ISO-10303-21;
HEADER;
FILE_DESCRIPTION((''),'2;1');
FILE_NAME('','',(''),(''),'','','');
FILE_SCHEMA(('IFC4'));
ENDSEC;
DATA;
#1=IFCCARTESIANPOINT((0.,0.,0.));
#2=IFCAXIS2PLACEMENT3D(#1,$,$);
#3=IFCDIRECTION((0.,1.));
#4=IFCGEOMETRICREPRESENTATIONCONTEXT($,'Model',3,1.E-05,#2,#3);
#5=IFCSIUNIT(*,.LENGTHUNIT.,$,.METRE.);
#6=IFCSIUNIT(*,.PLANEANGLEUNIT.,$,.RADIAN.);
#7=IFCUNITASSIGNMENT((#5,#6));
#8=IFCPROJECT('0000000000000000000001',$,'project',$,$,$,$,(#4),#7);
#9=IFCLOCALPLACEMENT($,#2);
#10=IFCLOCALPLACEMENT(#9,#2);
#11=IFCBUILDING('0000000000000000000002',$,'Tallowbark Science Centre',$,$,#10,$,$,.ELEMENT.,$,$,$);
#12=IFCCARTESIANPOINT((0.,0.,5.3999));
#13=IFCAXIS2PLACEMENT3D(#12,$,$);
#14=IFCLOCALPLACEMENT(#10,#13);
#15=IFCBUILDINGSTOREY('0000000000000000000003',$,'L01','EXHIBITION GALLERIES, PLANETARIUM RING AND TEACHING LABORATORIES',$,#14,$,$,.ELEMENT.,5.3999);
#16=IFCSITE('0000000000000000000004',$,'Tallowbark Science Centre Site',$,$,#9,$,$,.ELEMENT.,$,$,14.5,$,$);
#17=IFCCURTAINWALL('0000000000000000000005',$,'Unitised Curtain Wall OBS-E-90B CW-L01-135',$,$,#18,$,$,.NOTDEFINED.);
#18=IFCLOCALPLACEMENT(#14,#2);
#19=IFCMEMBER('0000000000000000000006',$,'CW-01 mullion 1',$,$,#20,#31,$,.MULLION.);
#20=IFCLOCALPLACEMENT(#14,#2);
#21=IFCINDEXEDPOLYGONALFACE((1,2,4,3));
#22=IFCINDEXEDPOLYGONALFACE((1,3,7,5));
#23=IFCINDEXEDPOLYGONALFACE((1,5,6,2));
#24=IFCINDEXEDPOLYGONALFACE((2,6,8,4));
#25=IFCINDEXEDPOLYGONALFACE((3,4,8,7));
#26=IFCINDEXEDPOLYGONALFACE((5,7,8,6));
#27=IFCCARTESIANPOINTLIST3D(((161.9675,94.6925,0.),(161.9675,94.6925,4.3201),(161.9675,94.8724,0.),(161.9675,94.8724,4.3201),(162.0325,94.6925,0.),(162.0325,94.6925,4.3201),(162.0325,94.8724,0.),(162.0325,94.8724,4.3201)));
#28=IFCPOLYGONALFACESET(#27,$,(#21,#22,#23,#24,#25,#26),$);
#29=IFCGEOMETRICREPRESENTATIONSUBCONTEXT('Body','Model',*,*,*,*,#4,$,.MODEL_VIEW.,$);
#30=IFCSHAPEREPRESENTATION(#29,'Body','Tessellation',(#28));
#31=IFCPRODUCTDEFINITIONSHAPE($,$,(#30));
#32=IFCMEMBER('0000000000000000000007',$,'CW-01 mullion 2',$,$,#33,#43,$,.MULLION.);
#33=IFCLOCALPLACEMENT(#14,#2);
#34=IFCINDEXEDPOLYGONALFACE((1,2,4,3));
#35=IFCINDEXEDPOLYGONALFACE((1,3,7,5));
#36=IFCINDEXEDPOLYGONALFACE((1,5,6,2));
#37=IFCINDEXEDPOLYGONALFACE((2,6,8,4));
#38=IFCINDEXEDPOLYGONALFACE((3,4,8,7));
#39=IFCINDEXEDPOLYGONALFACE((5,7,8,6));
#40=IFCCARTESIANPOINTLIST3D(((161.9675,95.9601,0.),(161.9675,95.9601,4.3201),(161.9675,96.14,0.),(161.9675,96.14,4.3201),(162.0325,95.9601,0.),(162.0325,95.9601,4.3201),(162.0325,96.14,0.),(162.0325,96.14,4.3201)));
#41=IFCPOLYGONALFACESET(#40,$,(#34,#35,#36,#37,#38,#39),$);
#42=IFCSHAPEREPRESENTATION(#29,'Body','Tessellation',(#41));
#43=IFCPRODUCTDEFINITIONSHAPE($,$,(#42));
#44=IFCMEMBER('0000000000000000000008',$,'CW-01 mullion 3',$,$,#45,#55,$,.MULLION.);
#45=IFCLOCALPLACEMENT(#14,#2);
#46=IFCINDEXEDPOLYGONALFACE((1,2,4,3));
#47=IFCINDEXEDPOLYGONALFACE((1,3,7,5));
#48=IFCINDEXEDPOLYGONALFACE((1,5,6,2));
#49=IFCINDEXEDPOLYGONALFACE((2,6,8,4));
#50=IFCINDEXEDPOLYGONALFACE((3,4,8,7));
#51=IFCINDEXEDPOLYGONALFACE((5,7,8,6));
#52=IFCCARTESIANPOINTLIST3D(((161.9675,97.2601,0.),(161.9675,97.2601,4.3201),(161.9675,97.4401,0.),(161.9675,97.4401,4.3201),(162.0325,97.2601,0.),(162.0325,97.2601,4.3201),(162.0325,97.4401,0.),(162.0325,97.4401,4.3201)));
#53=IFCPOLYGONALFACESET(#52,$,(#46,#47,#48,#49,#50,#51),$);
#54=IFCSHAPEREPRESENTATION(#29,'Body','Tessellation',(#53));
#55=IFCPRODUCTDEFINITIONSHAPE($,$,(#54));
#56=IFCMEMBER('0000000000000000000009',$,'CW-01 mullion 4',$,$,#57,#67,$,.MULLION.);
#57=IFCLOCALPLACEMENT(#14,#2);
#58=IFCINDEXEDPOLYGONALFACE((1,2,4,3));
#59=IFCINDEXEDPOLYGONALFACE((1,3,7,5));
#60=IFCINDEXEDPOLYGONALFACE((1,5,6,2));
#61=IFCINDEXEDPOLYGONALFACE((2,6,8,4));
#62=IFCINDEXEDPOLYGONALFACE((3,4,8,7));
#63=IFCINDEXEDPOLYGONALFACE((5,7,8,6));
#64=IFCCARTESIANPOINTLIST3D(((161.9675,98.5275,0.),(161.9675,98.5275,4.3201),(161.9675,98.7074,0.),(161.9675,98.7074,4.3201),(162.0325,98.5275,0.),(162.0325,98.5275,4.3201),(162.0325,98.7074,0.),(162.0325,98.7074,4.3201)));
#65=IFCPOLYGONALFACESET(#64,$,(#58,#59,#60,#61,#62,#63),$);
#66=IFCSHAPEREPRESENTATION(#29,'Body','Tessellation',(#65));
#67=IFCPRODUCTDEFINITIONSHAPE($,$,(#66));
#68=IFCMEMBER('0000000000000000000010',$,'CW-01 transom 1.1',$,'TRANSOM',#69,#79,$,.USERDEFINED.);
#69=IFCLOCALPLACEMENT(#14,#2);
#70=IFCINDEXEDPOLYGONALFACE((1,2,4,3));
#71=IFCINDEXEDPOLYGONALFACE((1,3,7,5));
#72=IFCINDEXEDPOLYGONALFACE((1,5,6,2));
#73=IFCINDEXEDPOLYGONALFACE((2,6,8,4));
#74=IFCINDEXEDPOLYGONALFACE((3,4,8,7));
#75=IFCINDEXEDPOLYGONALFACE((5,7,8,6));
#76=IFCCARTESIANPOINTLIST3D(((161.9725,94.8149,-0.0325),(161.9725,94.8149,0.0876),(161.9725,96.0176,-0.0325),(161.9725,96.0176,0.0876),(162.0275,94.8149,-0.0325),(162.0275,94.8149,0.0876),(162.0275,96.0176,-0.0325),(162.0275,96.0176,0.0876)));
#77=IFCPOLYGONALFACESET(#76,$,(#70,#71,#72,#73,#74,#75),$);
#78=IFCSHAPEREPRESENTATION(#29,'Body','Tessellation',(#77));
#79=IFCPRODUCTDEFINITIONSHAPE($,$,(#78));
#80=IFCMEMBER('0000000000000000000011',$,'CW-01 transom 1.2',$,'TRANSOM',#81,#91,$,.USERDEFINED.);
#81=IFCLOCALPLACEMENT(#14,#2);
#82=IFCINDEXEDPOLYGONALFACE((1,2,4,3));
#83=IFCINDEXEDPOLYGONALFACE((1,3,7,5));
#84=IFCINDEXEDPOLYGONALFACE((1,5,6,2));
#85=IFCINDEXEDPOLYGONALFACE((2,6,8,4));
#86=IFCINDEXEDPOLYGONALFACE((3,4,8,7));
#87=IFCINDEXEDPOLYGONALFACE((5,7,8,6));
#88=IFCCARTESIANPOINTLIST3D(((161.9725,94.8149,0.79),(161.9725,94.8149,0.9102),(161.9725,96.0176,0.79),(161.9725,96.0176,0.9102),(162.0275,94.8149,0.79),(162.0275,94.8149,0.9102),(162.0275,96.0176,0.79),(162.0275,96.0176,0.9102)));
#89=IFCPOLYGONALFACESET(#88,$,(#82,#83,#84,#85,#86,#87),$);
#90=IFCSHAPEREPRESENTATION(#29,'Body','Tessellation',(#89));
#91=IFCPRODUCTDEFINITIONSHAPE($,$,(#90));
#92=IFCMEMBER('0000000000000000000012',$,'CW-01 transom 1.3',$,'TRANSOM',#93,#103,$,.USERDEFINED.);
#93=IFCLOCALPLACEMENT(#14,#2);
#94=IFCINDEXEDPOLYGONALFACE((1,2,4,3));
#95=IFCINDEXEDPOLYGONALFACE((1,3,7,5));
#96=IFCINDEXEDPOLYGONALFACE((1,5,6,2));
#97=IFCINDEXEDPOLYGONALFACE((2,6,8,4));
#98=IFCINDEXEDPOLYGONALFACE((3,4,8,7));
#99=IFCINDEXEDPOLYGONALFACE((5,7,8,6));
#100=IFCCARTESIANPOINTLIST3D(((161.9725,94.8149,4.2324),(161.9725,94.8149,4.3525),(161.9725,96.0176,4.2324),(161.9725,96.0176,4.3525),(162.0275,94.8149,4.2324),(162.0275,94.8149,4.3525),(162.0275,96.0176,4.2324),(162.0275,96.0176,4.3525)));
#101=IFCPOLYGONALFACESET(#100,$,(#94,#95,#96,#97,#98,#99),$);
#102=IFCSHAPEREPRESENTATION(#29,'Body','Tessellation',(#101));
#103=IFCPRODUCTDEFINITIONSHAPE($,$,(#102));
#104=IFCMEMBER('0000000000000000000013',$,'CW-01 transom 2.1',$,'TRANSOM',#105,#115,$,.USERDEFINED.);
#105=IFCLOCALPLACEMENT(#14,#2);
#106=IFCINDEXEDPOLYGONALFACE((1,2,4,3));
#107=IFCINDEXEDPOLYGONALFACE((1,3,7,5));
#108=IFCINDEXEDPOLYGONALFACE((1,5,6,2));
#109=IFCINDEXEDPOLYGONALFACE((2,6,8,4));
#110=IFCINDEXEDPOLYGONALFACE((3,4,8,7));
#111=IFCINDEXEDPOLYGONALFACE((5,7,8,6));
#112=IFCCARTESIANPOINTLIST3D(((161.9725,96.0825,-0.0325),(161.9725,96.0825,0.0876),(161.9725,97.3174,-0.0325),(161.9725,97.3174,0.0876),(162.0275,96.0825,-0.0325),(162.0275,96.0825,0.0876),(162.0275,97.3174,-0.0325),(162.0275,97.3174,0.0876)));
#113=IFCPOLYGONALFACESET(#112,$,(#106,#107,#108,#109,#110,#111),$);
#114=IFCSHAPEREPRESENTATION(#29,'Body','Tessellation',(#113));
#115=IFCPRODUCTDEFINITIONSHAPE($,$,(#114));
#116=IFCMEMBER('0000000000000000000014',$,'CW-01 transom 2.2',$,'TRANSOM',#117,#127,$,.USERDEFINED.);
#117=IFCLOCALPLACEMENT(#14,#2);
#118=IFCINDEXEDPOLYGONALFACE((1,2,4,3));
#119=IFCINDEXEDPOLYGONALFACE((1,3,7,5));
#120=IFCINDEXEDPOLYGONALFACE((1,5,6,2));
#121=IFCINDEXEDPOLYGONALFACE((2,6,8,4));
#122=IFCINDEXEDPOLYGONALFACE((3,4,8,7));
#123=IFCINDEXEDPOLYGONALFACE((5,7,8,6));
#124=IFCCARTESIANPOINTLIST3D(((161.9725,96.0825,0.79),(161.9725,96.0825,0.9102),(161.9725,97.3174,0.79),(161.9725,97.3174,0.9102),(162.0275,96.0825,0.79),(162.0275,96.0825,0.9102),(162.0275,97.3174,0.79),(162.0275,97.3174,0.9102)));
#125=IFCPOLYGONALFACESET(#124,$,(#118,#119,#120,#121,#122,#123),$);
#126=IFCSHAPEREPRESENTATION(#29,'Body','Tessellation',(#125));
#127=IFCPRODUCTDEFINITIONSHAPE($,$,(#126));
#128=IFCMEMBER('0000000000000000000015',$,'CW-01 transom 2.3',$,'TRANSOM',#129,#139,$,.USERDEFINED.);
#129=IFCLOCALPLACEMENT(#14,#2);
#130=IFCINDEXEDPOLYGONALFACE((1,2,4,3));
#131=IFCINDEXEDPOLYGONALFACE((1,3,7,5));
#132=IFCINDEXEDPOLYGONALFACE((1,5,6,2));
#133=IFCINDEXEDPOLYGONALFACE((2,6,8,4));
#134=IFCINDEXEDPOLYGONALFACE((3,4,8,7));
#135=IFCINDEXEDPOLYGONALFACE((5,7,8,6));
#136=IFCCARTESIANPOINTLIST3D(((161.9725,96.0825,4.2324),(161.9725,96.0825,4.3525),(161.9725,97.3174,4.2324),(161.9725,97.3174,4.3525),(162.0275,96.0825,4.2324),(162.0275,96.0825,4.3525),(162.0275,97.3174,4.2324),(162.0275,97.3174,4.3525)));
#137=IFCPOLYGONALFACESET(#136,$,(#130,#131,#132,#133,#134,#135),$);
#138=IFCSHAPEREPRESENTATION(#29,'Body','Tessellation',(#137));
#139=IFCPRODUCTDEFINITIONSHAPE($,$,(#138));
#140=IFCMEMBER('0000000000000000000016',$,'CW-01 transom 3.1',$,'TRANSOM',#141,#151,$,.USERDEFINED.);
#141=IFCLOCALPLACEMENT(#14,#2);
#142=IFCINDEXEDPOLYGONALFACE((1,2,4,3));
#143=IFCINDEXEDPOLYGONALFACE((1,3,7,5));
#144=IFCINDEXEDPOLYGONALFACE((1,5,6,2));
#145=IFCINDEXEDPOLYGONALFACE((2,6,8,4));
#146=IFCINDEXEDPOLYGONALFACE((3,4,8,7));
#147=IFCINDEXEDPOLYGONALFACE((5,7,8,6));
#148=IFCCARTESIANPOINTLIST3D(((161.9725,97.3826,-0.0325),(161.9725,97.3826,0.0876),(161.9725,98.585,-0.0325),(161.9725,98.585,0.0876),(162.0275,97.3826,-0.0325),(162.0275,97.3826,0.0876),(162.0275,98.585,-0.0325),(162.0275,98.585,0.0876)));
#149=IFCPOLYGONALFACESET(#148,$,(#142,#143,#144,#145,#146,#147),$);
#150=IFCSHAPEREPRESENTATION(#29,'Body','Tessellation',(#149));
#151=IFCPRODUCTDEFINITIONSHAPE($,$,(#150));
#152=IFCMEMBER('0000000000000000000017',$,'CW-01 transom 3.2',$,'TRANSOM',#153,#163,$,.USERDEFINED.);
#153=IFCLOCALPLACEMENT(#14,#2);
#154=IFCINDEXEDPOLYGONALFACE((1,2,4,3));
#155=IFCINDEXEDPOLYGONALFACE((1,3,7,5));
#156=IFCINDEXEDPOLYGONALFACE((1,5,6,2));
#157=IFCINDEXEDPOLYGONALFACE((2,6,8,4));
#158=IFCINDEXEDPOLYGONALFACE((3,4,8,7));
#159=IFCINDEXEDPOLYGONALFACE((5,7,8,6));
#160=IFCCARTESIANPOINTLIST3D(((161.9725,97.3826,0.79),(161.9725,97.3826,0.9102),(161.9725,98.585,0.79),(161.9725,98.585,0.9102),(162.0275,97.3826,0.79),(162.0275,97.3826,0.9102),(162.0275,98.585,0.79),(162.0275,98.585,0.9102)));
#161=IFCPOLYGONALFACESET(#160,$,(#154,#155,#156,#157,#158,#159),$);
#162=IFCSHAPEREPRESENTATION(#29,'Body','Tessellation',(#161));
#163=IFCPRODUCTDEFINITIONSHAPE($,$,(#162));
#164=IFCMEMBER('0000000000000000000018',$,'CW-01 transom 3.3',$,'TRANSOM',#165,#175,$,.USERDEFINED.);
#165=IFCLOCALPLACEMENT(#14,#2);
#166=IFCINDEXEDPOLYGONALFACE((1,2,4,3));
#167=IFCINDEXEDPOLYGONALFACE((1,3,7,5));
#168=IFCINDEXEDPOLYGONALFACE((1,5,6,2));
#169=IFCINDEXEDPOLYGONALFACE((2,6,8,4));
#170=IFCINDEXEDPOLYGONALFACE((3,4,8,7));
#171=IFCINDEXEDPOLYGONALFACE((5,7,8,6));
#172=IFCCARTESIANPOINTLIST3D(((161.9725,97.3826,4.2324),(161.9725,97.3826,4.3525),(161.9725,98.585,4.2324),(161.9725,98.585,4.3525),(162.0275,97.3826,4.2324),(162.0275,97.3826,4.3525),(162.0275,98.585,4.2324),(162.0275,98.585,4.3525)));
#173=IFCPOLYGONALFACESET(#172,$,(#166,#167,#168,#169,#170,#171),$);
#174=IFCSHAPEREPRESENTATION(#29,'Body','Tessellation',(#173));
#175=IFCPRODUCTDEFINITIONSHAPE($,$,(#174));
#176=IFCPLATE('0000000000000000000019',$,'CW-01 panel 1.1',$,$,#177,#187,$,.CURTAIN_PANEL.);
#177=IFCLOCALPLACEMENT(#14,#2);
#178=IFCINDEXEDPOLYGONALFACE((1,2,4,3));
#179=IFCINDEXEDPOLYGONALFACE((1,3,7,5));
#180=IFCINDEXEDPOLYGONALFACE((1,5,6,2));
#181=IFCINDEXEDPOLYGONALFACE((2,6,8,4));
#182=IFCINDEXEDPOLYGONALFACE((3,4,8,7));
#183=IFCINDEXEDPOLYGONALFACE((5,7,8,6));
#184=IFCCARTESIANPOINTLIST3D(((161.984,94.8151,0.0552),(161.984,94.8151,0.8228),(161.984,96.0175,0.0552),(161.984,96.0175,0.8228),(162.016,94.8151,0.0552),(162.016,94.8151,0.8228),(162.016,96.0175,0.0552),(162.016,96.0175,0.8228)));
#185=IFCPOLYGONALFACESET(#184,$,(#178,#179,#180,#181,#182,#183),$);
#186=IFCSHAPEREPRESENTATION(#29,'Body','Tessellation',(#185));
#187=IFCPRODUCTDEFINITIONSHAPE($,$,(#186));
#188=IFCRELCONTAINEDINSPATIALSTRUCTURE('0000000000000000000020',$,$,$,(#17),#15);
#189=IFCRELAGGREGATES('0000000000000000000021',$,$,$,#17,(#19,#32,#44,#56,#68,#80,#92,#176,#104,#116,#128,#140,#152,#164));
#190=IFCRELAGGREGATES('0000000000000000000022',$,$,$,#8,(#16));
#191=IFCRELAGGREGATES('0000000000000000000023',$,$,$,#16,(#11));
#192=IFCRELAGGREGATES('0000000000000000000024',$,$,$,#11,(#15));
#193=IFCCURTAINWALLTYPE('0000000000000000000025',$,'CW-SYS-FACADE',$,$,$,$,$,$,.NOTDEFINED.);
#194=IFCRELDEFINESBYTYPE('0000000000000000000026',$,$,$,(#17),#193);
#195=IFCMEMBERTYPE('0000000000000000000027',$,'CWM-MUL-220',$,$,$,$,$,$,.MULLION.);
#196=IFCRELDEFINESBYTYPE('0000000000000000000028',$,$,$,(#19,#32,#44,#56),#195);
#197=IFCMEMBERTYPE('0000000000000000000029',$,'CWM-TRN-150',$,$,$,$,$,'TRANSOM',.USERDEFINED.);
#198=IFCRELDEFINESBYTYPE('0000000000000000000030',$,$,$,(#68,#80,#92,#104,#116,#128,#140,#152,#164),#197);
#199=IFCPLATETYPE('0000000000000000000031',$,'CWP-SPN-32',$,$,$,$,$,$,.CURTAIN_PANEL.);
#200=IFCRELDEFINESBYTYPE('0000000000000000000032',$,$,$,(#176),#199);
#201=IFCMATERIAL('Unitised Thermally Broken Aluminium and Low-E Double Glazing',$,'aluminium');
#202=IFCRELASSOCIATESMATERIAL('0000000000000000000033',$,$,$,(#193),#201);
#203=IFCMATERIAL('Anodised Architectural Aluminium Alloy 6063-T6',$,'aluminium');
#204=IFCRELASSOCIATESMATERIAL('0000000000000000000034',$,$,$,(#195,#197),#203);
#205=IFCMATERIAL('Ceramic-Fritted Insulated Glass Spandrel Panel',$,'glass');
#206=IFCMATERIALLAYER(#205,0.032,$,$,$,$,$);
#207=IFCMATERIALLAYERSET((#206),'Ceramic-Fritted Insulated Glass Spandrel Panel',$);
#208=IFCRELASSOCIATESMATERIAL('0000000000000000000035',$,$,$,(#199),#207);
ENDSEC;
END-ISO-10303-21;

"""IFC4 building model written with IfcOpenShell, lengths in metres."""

from ifc_helpers import new_model, si_unit, direction, frame, origin, origin_2d, place, context, subcontext, project, spatial, rectangle, extrude, material, layer, layer_set, material_profile, profile_set, type_object, element, aggregate, save


model = new_model("IFC4")

# Units and contexts
model_context = context("Model", 3, precision=1e-05, world=origin(), true_north=direction((0.0, 1.0)))
body_context = subcontext(model_context, "Body", "Model", "MODEL_VIEW")
ifc_project = project(units=[si_unit("LENGTHUNIT", "METRE"), si_unit("PLANEANGLEUNIT", "RADIAN")], contexts=[model_context])

# Site, building, storey
site_placement = place(None, origin())
site = spatial("IfcSite", under=ifc_project, at=site_placement, Name="Tallowbark Science Centre Site", CompositionType="ELEMENT", RefElevation=14.5)
building_placement = place(site_placement, origin())
building = spatial("IfcBuilding", under=site, at=building_placement, Name="Tallowbark Science Centre", CompositionType="ELEMENT")
storey_placement = place(building_placement, frame((0.0, 0.0, 5.3999)))
storey = spatial("IfcBuildingStorey", under=building, at=storey_placement, Name="L01", Description="EXHIBITION GALLERIES, PLANETARIUM RING AND TEACHING LABORATORIES", CompositionType="ELEMENT", Elevation=5.3999)

# Curtain wall, members, plate
ifc_material_1 = material(Name="Unitised Thermally Broken Aluminium and Low-E Double Glazing", Category="aluminium")
curtain_wall_type = type_object("IfcCurtainWallType", Name="CW-SYS-FACADE", PredefinedType="NOTDEFINED", material=ifc_material_1)
curtain_wall_placement = place(storey_placement, origin())
curtain_wall = element("IfcCurtainWall", 1, at=curtain_wall_placement, inside=storey, type_object=curtain_wall_type, Name="Unitised Curtain Wall OBS-E-90B CW-L01-135", PredefinedType="NOTDEFINED")
ifc_material_2 = material(Name="Anodised Architectural Aluminium Alloy 6063-T6", Category="aluminium")
ifc_material_profile_1 = material_profile(ifc_material_2, rectangle(XDim=0.0649, YDim=0.1799, at=origin_2d()), Name="ALU65x180")
ifc_profile_set_1 = profile_set([ifc_material_profile_1], Name="Anodised Architectural Aluminium Alloy 6063-T6")
member_type_1 = type_object("IfcMemberType", Name="CWM-MUL-220", PredefinedType="MULLION", material=ifc_profile_set_1)
member_1_placement = place(storey_placement, frame((162.0, 94.7825, 0.0), z_axis=(0.0, 0.0, 1.0), x_axis=(-1.0, 0.0, 0.0)))
member_1 = element("IfcMember", 2, at=member_1_placement, type_object=member_type_1, Name="CW-01 mullion 1", PredefinedType="MULLION", context=body_context, shape_type="SweptSolid", body=[
    extrude(rectangle(XDim=0.0649, YDim=0.1799, at=origin_2d()), origin(), (0.0, 0.0, 1.0), 4.3201),
])
member_2_placement = place(storey_placement, frame((162.0, 96.05, 0.0), z_axis=(0.0, 0.0, 1.0), x_axis=(-1.0, 0.0, 0.0)))
member_2 = element("IfcMember", 3, at=member_2_placement, type_object=member_type_1, Name="CW-01 mullion 2", PredefinedType="MULLION", context=body_context, shape_type="SweptSolid", body=[
    extrude(rectangle(XDim=0.0649, YDim=0.1799, at=origin_2d()), origin(), (0.0, 0.0, 1.0), 4.3201),
])
member_3_placement = place(storey_placement, frame((162.0, 97.3501, 0.0), z_axis=(0.0, 0.0, 1.0), x_axis=(-1.0, 0.0, 0.0)))
member_3 = element("IfcMember", 4, at=member_3_placement, type_object=member_type_1, Name="CW-01 mullion 3", PredefinedType="MULLION", context=body_context, shape_type="SweptSolid", body=[
    extrude(rectangle(XDim=0.0649, YDim=0.1799, at=origin_2d()), origin(), (0.0, 0.0, 1.0), 4.3201),
])
member_4_placement = place(storey_placement, frame((162.0, 98.6174, 0.0), z_axis=(0.0, 0.0, 1.0), x_axis=(-1.0, 0.0, 0.0)))
member_4 = element("IfcMember", 5, at=member_4_placement, type_object=member_type_1, Name="CW-01 mullion 4", PredefinedType="MULLION", context=body_context, shape_type="SweptSolid", body=[
    extrude(rectangle(XDim=0.0649, YDim=0.1799, at=origin_2d()), origin(), (0.0, 0.0, 1.0), 4.3201),
])
ifc_material_profile_2 = material_profile(ifc_material_2, rectangle(XDim=0.0549, YDim=0.1201, at=origin_2d()), Name="ALU55x120")
ifc_profile_set_2 = profile_set([ifc_material_profile_2], Name="Anodised Architectural Aluminium Alloy 6063-T6")
member_type_2 = type_object("IfcMemberType", Name="CWM-TRN-150", ElementType="TRANSOM", PredefinedType="USERDEFINED", material=ifc_profile_set_2)
member_5_placement = place(storey_placement, frame((162.0, 94.8149, 0.0276), z_axis=(0.0, 1.0, 0.0), x_axis=(-1.0, 0.0, 0.0)))
member_5 = element("IfcMember", 6, at=member_5_placement, type_object=member_type_2, Name="CW-01 transom 1.1", ObjectType="TRANSOM", PredefinedType="USERDEFINED", context=body_context, shape_type="SweptSolid", body=[
    extrude(rectangle(XDim=0.0549, YDim=0.1201, at=origin_2d()), origin(), (0.0, 0.0, 1.0), 1.2026),
])
member_6_placement = place(storey_placement, frame((162.0, 94.8149, 0.8501), z_axis=(0.0, 1.0, 0.0), x_axis=(-1.0, 0.0, 0.0)))
member_6 = element("IfcMember", 7, at=member_6_placement, type_object=member_type_2, Name="CW-01 transom 1.2", ObjectType="TRANSOM", PredefinedType="USERDEFINED", context=body_context, shape_type="SweptSolid", body=[
    extrude(rectangle(XDim=0.0549, YDim=0.1201, at=origin_2d()), origin(), (0.0, 0.0, 1.0), 1.2026),
])
member_7_placement = place(storey_placement, frame((162.0, 94.8149, 4.2925), z_axis=(0.0, 1.0, 0.0), x_axis=(-1.0, 0.0, 0.0)))
member_7 = element("IfcMember", 8, at=member_7_placement, type_object=member_type_2, Name="CW-01 transom 1.3", ObjectType="TRANSOM", PredefinedType="USERDEFINED", context=body_context, shape_type="SweptSolid", body=[
    extrude(rectangle(XDim=0.0549, YDim=0.1201, at=origin_2d()), origin(), (0.0, 0.0, 1.0), 1.2026),
])
member_8_placement = place(storey_placement, frame((162.0, 96.0825, 0.0276), z_axis=(0.0, 1.0, 0.0), x_axis=(-1.0, 0.0, 0.0)))
member_8 = element("IfcMember", 9, at=member_8_placement, type_object=member_type_2, Name="CW-01 transom 2.1", ObjectType="TRANSOM", PredefinedType="USERDEFINED", context=body_context, shape_type="SweptSolid", body=[
    extrude(rectangle(XDim=0.0549, YDim=0.1201, at=origin_2d()), origin(), (0.0, 0.0, 1.0), 1.2349),
])
member_9_placement = place(storey_placement, frame((162.0, 96.0825, 0.8501), z_axis=(0.0, 1.0, 0.0), x_axis=(-1.0, 0.0, 0.0)))
member_9 = element("IfcMember", 10, at=member_9_placement, type_object=member_type_2, Name="CW-01 transom 2.2", ObjectType="TRANSOM", PredefinedType="USERDEFINED", context=body_context, shape_type="SweptSolid", body=[
    extrude(rectangle(XDim=0.0549, YDim=0.1201, at=origin_2d()), origin(), (0.0, 0.0, 1.0), 1.2349),
])
member_10_placement = place(storey_placement, frame((162.0, 96.0825, 4.2925), z_axis=(0.0, 1.0, 0.0), x_axis=(-1.0, 0.0, 0.0)))
member_10 = element("IfcMember", 11, at=member_10_placement, type_object=member_type_2, Name="CW-01 transom 2.3", ObjectType="TRANSOM", PredefinedType="USERDEFINED", context=body_context, shape_type="SweptSolid", body=[
    extrude(rectangle(XDim=0.0549, YDim=0.1201, at=origin_2d()), origin(), (0.0, 0.0, 1.0), 1.2349),
])
member_11_placement = place(storey_placement, frame((162.0, 97.3826, 0.0276), z_axis=(0.0, 1.0, 0.0), x_axis=(-1.0, 0.0, 0.0)))
member_11 = element("IfcMember", 12, at=member_11_placement, type_object=member_type_2, Name="CW-01 transom 3.1", ObjectType="TRANSOM", PredefinedType="USERDEFINED", context=body_context, shape_type="SweptSolid", body=[
    extrude(rectangle(XDim=0.0549, YDim=0.1201, at=origin_2d()), origin(), (0.0, 0.0, 1.0), 1.2024),
])
member_12_placement = place(storey_placement, frame((162.0, 97.3826, 0.8501), z_axis=(0.0, 1.0, 0.0), x_axis=(-1.0, 0.0, 0.0)))
member_12 = element("IfcMember", 13, at=member_12_placement, type_object=member_type_2, Name="CW-01 transom 3.2", ObjectType="TRANSOM", PredefinedType="USERDEFINED", context=body_context, shape_type="SweptSolid", body=[
    extrude(rectangle(XDim=0.0549, YDim=0.1201, at=origin_2d()), origin(), (0.0, 0.0, 1.0), 1.2024),
])
member_13_placement = place(storey_placement, frame((162.0, 97.3826, 4.2925), z_axis=(0.0, 1.0, 0.0), x_axis=(-1.0, 0.0, 0.0)))
member_13 = element("IfcMember", 14, at=member_13_placement, type_object=member_type_2, Name="CW-01 transom 3.3", ObjectType="TRANSOM", PredefinedType="USERDEFINED", context=body_context, shape_type="SweptSolid", body=[
    extrude(rectangle(XDim=0.0549, YDim=0.1201, at=origin_2d()), origin(), (0.0, 0.0, 1.0), 1.2024),
])
ifc_material_3 = material(Name="Ceramic-Fritted Insulated Glass Spandrel Panel", Category="glass")
ifc_layer_1 = layer(ifc_material_3, 0.032)
ifc_layer_set_1 = layer_set([ifc_layer_1], Name="Ceramic-Fritted Insulated Glass Spandrel Panel")
plate_type = type_object("IfcPlateType", Name="CWP-SPN-32", PredefinedType="CURTAIN_PANEL", material=ifc_layer_set_1)
plate_1_placement = place(storey_placement, frame((162.0, 95.4163, 0.0552), z_axis=(0.0, 0.0, 1.0), x_axis=(0.0, 1.0, 0.0)))
plate_1 = element("IfcPlate", 15, at=plate_1_placement, type_object=plate_type, Name="CW-01 panel 1.1", PredefinedType="CURTAIN_PANEL", context=body_context, shape_type="SweptSolid", body=[
    extrude(rectangle(XDim=1.2024, YDim=0.032, at=origin_2d()), origin(), (0.0, 0.0, 1.0), 0.7676),
])
aggregate(curtain_wall, [member_1, member_2, member_3, member_4, member_5, member_6, member_7, plate_1, member_8, member_9, member_10, member_11, member_12, member_13])

save(model, "model.ifc")
